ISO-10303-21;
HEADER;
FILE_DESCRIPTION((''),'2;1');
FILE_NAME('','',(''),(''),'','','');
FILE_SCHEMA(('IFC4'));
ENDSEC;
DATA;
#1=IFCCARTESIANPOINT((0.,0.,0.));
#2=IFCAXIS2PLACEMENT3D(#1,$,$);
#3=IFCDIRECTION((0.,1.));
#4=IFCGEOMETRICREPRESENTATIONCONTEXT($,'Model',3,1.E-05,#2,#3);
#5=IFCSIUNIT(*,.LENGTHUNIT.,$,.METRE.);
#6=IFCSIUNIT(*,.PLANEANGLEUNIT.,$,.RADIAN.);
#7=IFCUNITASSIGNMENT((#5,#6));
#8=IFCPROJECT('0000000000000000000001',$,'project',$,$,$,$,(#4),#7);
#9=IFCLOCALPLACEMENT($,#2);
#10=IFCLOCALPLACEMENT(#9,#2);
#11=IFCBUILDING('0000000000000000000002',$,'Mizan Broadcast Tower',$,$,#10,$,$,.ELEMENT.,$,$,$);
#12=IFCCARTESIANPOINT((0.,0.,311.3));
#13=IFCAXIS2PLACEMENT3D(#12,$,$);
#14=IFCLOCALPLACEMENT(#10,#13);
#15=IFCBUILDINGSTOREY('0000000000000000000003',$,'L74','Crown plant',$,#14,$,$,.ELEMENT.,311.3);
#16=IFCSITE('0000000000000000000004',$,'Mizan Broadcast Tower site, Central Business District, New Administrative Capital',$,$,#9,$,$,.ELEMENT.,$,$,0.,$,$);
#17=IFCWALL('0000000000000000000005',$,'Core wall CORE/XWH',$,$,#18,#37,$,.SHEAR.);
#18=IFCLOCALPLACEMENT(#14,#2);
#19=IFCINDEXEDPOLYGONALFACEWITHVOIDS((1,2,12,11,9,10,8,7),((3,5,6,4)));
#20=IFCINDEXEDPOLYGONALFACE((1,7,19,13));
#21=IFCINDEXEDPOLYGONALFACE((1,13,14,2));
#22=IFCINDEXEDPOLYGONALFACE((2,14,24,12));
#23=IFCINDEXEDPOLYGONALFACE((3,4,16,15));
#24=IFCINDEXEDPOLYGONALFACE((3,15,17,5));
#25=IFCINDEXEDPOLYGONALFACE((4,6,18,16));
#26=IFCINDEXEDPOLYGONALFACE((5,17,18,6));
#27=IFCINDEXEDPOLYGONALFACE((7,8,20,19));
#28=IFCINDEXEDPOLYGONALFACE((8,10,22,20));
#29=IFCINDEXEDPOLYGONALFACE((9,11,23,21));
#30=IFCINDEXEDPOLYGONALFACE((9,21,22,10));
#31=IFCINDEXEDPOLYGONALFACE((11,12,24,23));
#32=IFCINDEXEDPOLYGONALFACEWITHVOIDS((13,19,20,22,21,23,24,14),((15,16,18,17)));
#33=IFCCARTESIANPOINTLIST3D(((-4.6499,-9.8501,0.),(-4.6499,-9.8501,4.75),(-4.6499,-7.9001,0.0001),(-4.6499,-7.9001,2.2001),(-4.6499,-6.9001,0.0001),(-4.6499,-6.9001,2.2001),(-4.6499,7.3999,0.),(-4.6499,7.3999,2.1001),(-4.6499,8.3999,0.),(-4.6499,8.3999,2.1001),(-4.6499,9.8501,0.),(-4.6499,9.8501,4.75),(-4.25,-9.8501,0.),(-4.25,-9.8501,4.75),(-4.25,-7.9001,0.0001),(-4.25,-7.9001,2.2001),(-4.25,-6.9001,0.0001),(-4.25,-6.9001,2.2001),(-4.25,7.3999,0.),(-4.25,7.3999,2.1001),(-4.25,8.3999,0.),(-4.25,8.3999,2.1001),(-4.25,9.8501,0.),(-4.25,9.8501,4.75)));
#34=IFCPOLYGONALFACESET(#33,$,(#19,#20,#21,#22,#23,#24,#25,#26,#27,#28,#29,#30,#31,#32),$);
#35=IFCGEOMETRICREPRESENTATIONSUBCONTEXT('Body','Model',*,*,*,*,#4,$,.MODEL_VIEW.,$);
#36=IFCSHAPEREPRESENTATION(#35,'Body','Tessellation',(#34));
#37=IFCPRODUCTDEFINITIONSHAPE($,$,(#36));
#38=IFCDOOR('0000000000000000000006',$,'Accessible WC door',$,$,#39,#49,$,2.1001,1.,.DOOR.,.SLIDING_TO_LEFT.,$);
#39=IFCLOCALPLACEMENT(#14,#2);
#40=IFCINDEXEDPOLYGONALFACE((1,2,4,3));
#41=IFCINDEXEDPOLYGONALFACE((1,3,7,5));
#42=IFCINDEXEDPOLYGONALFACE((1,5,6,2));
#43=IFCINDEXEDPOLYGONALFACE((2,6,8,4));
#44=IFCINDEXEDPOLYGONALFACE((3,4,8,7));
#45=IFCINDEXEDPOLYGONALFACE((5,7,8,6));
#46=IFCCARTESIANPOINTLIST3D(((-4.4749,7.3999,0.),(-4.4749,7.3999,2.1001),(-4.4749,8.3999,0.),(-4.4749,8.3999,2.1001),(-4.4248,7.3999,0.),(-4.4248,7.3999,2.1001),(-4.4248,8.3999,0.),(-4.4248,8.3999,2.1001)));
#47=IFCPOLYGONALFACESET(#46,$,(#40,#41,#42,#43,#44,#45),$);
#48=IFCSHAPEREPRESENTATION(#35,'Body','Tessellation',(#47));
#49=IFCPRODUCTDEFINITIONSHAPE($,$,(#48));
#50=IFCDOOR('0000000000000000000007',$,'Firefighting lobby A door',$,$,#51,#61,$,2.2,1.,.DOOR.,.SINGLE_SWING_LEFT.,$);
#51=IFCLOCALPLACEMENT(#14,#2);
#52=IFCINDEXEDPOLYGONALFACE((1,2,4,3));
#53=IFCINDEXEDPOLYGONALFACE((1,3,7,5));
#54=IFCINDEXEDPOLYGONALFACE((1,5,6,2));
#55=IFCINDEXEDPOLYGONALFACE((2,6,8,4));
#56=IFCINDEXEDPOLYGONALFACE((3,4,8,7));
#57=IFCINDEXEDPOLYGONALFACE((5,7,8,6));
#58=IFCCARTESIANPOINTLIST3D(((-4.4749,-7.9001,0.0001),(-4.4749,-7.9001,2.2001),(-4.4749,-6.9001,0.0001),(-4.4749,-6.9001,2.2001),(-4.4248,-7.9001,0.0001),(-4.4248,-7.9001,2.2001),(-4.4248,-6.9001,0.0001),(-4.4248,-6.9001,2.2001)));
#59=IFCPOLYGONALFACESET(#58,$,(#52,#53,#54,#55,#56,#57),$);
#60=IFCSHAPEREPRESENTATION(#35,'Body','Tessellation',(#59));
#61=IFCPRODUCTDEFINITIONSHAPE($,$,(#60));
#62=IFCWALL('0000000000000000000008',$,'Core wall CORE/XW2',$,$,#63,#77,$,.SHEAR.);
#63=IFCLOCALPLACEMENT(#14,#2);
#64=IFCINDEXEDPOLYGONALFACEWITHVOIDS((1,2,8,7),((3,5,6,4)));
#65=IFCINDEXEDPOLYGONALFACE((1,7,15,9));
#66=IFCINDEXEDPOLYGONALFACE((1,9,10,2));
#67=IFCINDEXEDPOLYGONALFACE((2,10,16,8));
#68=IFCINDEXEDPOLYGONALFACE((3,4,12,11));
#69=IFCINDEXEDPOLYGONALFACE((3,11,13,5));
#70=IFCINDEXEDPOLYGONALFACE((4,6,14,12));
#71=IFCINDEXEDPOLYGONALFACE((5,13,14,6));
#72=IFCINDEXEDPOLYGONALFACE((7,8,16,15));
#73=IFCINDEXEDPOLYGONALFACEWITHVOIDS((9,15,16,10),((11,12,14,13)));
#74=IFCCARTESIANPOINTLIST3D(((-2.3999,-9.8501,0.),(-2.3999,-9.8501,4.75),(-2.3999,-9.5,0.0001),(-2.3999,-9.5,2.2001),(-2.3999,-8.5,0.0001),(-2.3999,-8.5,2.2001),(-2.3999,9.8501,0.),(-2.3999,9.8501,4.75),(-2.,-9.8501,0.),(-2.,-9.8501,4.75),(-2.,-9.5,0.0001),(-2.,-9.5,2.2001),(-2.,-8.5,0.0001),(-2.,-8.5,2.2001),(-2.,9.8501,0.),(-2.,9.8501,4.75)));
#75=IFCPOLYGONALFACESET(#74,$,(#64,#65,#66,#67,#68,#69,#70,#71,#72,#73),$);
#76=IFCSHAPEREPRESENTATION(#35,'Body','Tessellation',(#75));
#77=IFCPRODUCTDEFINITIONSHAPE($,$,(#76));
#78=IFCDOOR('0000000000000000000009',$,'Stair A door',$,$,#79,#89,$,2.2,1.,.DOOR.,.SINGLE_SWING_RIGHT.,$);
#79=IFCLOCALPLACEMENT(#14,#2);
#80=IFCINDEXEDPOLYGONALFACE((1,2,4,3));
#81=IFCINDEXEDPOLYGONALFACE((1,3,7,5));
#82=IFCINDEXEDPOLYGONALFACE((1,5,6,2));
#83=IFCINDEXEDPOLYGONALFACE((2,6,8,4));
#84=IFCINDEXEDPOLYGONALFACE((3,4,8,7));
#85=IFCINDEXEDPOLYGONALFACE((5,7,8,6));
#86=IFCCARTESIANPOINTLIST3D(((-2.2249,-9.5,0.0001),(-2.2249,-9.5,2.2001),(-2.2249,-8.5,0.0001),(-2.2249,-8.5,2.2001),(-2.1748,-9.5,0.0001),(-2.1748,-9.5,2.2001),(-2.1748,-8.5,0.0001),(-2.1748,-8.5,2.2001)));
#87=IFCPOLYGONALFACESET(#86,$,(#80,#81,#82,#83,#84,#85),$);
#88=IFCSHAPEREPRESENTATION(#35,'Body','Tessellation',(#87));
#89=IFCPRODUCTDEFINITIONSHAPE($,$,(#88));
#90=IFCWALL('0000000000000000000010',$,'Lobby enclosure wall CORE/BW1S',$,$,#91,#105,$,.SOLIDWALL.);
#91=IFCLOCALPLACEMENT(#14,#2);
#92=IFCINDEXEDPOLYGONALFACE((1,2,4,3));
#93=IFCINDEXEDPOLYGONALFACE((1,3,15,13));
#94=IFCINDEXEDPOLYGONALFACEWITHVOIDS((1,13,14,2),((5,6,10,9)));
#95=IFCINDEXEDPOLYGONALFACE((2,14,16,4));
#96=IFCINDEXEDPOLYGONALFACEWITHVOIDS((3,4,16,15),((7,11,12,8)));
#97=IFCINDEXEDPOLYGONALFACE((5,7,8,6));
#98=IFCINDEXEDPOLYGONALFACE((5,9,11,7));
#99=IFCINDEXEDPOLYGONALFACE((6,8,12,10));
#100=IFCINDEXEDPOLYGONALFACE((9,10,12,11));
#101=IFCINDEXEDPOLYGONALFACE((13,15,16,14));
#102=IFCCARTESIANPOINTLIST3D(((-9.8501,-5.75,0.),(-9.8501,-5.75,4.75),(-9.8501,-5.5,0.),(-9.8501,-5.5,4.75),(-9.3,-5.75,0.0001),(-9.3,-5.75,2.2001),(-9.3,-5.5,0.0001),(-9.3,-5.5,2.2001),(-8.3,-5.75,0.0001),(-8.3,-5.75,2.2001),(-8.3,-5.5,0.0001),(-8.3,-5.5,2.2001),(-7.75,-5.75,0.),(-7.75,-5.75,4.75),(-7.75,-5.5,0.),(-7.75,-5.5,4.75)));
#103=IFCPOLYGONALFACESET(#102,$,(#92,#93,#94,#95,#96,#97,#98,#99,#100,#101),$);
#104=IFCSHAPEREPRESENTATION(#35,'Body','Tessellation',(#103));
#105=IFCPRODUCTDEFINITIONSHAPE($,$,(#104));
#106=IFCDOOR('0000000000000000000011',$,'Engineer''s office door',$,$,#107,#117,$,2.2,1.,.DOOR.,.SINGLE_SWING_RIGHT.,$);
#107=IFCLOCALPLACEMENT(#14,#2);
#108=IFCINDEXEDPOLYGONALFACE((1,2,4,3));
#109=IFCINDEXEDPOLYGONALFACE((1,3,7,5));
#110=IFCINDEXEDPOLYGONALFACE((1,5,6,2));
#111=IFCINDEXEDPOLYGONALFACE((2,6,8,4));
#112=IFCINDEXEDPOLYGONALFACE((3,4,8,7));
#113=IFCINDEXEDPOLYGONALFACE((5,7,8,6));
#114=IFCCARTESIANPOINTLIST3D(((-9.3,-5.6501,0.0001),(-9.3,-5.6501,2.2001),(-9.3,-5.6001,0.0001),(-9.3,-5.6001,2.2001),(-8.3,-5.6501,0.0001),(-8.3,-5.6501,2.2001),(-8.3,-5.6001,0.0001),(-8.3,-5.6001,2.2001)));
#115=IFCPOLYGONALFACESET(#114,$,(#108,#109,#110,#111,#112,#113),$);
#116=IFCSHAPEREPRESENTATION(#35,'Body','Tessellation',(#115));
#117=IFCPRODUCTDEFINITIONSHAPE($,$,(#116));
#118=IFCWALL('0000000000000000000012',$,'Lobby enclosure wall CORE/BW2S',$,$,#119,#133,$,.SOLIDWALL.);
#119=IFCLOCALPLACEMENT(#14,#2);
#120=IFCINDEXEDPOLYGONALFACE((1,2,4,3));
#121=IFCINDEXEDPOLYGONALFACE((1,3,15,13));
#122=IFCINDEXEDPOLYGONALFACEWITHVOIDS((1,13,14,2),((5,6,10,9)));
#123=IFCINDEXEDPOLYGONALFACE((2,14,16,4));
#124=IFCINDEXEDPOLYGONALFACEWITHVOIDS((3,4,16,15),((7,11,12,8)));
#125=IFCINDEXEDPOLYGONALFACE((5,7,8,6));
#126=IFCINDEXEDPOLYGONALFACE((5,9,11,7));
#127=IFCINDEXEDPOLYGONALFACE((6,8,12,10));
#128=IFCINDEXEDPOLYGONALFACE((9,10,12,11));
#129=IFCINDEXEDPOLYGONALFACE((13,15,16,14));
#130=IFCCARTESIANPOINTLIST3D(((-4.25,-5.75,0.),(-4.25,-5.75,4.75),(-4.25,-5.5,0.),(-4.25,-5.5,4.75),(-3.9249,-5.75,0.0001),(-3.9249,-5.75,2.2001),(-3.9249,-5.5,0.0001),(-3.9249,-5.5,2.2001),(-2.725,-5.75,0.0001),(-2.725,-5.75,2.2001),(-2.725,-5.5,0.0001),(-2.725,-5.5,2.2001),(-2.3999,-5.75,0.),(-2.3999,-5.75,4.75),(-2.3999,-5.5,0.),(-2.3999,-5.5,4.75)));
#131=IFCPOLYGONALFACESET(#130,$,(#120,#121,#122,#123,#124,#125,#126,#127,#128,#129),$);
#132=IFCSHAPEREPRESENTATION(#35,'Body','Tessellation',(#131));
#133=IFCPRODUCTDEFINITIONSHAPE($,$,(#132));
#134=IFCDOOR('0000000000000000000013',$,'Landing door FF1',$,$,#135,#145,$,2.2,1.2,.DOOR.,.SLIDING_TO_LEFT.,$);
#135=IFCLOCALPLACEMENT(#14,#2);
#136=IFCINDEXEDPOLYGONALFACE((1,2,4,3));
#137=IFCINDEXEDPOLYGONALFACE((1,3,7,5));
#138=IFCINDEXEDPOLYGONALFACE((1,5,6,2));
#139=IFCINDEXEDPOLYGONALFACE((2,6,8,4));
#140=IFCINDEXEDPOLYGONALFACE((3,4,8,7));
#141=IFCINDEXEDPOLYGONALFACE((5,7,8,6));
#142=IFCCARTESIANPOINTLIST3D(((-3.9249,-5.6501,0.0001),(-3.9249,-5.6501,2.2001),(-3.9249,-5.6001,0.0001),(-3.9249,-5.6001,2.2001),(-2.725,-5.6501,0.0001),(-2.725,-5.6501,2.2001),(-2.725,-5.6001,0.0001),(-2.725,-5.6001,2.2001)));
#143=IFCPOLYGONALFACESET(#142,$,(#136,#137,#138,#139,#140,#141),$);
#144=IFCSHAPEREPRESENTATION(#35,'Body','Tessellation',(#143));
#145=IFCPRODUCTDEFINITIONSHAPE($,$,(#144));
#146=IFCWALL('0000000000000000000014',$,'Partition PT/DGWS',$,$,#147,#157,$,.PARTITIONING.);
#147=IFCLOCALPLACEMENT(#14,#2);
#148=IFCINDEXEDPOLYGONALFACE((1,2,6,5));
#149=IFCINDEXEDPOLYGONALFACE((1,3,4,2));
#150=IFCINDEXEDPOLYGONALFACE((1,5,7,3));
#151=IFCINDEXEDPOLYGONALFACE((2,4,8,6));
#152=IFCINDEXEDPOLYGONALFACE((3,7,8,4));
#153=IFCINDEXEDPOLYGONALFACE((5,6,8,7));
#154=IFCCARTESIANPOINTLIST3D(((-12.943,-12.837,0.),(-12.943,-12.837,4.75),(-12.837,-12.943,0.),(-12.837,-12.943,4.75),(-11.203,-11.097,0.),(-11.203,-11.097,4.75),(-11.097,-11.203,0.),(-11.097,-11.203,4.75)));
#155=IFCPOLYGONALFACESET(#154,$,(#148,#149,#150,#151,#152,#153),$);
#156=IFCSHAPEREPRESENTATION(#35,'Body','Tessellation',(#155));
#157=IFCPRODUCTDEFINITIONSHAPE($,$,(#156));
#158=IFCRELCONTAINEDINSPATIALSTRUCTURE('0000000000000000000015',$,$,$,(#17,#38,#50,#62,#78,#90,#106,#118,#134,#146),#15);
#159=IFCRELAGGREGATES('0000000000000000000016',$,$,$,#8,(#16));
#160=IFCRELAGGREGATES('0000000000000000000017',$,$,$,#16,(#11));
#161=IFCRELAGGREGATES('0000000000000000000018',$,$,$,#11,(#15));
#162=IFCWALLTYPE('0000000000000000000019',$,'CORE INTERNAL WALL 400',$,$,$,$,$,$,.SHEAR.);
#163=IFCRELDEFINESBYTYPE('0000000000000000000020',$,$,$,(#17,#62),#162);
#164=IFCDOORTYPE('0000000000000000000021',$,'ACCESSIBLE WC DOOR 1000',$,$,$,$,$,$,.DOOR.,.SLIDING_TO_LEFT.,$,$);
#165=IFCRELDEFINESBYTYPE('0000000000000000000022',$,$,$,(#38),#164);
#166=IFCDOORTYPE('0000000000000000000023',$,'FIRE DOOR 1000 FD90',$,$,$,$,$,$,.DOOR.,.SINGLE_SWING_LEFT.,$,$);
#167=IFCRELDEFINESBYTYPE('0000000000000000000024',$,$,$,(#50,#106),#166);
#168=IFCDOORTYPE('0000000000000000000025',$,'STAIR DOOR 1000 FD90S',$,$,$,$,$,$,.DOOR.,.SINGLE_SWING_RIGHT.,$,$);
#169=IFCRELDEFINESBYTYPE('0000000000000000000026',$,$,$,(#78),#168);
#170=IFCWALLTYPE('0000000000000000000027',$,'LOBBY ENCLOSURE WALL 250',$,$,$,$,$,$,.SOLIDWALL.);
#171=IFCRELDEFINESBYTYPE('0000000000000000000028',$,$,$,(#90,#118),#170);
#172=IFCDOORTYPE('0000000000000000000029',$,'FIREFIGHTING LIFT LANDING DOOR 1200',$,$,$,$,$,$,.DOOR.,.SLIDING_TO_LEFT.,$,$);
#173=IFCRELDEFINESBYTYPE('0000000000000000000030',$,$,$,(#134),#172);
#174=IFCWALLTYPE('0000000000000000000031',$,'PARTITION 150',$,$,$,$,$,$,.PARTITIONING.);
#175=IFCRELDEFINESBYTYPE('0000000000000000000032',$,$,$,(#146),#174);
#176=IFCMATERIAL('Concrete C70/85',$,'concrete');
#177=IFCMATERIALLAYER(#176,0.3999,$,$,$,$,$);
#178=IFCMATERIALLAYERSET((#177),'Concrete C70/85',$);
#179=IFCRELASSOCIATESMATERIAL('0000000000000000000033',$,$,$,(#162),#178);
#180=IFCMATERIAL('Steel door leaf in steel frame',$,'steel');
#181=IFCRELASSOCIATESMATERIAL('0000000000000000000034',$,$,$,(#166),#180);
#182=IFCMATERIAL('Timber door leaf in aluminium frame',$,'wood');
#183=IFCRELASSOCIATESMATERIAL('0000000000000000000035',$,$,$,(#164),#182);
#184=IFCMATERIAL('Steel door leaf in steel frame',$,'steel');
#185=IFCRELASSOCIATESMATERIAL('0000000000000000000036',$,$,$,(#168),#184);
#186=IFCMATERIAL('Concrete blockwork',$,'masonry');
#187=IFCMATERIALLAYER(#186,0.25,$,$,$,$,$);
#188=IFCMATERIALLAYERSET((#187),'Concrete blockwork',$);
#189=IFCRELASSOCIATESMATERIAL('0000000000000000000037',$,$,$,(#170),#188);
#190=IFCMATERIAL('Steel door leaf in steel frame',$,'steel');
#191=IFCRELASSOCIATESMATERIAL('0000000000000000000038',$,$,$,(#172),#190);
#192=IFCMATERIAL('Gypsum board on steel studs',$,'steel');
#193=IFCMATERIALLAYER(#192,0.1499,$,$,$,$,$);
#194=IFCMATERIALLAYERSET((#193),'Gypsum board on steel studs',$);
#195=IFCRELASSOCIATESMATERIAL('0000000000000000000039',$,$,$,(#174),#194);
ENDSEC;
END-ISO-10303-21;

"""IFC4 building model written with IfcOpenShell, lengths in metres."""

from ifc_helpers import new_model, si_unit, direction, frame, frame_2d, origin, place, context, subcontext, project, spatial, rectangle, extrude, material, layer, layer_set, type_object, element, fill, save


model = new_model("IFC4")

# Units and contexts
model_context = context("Model", 3, precision=1e-05, world=origin(), true_north=direction((0.0, 1.0)))
body_context = subcontext(model_context, "Body", "Model", "MODEL_VIEW")
ifc_project = project(units=[si_unit("LENGTHUNIT", "METRE"), si_unit("PLANEANGLEUNIT", "RADIAN")], contexts=[model_context])

# Site, building, storey
site_placement = place(None, origin())
site = spatial("IfcSite", under=ifc_project, at=site_placement, Name="Mizan Broadcast Tower site, Central Business District, New Administrative Capital", CompositionType="ELEMENT", RefElevation=0.0)
building_placement = place(site_placement, origin())
building = spatial("IfcBuilding", under=site, at=building_placement, Name="Mizan Broadcast Tower", CompositionType="ELEMENT")
storey_placement = place(building_placement, frame((0.0, 0.0, 311.3)))
storey = spatial("IfcBuildingStorey", under=building, at=storey_placement, Name="L74", Description="Crown plant", CompositionType="ELEMENT", Elevation=311.3)

# Wall, openings, doors
ifc_material_1 = material(Name="Concrete C70/85", Category="concrete")
ifc_layer_1 = layer(ifc_material_1, 0.3999)
ifc_layer_set_1 = layer_set([ifc_layer_1], Name="Concrete C70/85")
wall_type_1 = type_object("IfcWallType", Name="CORE INTERNAL WALL 400", PredefinedType="SHEAR", material=ifc_layer_set_1)
ifc_material_2 = material(Name="Steel door leaf in steel frame", Category="steel")
door_type_1 = type_object("IfcDoorType", Name="FIRE DOOR 1000 FD90", OperationType="SINGLE_SWING_LEFT", PredefinedType="DOOR", material=ifc_material_2)
wall_1_placement = place(storey_placement, frame((-4.45, -9.8501, 0.0), z_axis=(0.0, 0.0, 1.0), x_axis=(0.0, 1.0, 0.0)))
wall_1 = element("IfcWall", 1, at=wall_1_placement, inside=storey, type_object=wall_type_1, Name="Core wall CORE/XWH", PredefinedType="SHEAR", context=body_context, shape_type="SweptSolid", body=[
    extrude(rectangle(XDim=19.7002, YDim=0.3999, at=frame_2d((9.8501, 0.0))), origin(), (0.0, 0.0, 1.0), 4.75),
])
opening_1_placement = place(wall_1_placement, frame((1.95, 0.0, 0.0)))
opening_1 = element("IfcOpeningElement", 2, at=opening_1_placement, cuts=wall_1, PredefinedType="OPENING", context=body_context, shape_type="SweptSolid", body=[
    extrude(rectangle(XDim=1.0, YDim=2.2, at=frame_2d((0.5, 1.1001))), frame((0.0, 0.21, 0.0), z_axis=(0.0, -1.0, 0.0), x_axis=(1.0, 0.0, 0.0)), (0.0, 0.0, 1.0), 0.4199),
])
opening_2_placement = place(wall_1_placement, frame((17.25, 0.0, 0.0)))
opening_2 = element("IfcOpeningElement", 3, at=opening_2_placement, cuts=wall_1, PredefinedType="OPENING", context=body_context, shape_type="SweptSolid", body=[
    extrude(rectangle(XDim=1.0, YDim=2.1001, at=frame_2d((0.5, 1.05))), frame((0.0, 0.21, 0.0), z_axis=(0.0, -1.0, 0.0), x_axis=(1.0, 0.0, 0.0)), (0.0, 0.0, 1.0), 0.4199),
])
ifc_material_3 = material(Name="Timber door leaf in aluminium frame", Category="wood")
door_type_2 = type_object("IfcDoorType", Name="ACCESSIBLE WC DOOR 1000", OperationType="SLIDING_TO_LEFT", PredefinedType="DOOR", material=ifc_material_3)
door_1_placement = place(opening_2_placement, origin())
door_1 = element("IfcDoor", 4, at=door_1_placement, inside=storey, type_object=door_type_2, Name="Accessible WC door", OperationType="SLIDING_TO_LEFT", OverallHeight=2.1001, OverallWidth=1.0, PredefinedType="DOOR", context=body_context, shape_type="SweptSolid", body=[
    extrude(rectangle(XDim=1.0, YDim=2.1001, at=frame_2d((0.5, 1.05))), frame((0.0, 0.0249, 0.0), z_axis=(0.0, -1.0, 0.0), x_axis=(1.0, 0.0, 0.0)), (0.0, 0.0, 1.0), 0.05),
])
fill(opening_2, door_1)
door_2_placement = place(opening_1_placement, origin())
door_2 = element("IfcDoor", 5, at=door_2_placement, inside=storey, type_object=door_type_1, Name="Firefighting lobby A door", OperationType="SINGLE_SWING_LEFT", OverallHeight=2.2, OverallWidth=1.0, PredefinedType="DOOR", context=body_context, shape_type="SweptSolid", body=[
    extrude(rectangle(XDim=1.0, YDim=2.2, at=frame_2d((0.5, 1.1001))), frame((0.0, 0.0249, 0.0), z_axis=(0.0, -1.0, 0.0), x_axis=(1.0, 0.0, 0.0)), (0.0, 0.0, 1.0), 0.05),
])
fill(opening_1, door_2)

# Walls, openings, doors
wall_2_placement = place(storey_placement, frame((-2.2, -9.8501, 0.0), z_axis=(0.0, 0.0, 1.0), x_axis=(0.0, 1.0, 0.0)))
wall_2 = element("IfcWall", 6, at=wall_2_placement, inside=storey, type_object=wall_type_1, Name="Core wall CORE/XW2", PredefinedType="SHEAR", context=body_context, shape_type="SweptSolid", body=[
    extrude(rectangle(XDim=19.7002, YDim=0.3999, at=frame_2d((9.8501, 0.0))), origin(), (0.0, 0.0, 1.0), 4.75),
])
opening_3_placement = place(wall_2_placement, frame((0.3501, 0.0, 0.0)))
opening_3 = element("IfcOpeningElement", 7, at=opening_3_placement, cuts=wall_2, PredefinedType="OPENING", context=body_context, shape_type="SweptSolid", body=[
    extrude(rectangle(XDim=1.0, YDim=2.2, at=frame_2d((0.5, 1.1001))), frame((0.0, 0.21, 0.0), z_axis=(0.0, -1.0, 0.0), x_axis=(1.0, 0.0, 0.0)), (0.0, 0.0, 1.0), 0.4199),
])
ifc_material_4 = material(Name="Steel door leaf in steel frame", Category="steel")
door_type_3 = type_object("IfcDoorType", Name="STAIR DOOR 1000 FD90S", OperationType="SINGLE_SWING_RIGHT", PredefinedType="DOOR", material=ifc_material_4)
door_3_placement = place(opening_3_placement, origin())
door_3 = element("IfcDoor", 8, at=door_3_placement, inside=storey, type_object=door_type_3, Name="Stair A door", OperationType="SINGLE_SWING_RIGHT", OverallHeight=2.2, OverallWidth=1.0, PredefinedType="DOOR", context=body_context, shape_type="SweptSolid", body=[
    extrude(rectangle(XDim=1.0, YDim=2.2, at=frame_2d((0.5, 1.1001))), frame((0.0, 0.0249, 0.0), z_axis=(0.0, -1.0, 0.0), x_axis=(1.0, 0.0, 0.0)), (0.0, 0.0, 1.0), 0.05),
])
fill(opening_3, door_3)
ifc_material_5 = material(Name="Concrete blockwork", Category="masonry")
ifc_layer_2 = layer(ifc_material_5, 0.25)
ifc_layer_set_2 = layer_set([ifc_layer_2], Name="Concrete blockwork")
wall_type_2 = type_object("IfcWallType", Name="LOBBY ENCLOSURE WALL 250", PredefinedType="SOLIDWALL", material=ifc_layer_set_2)
wall_3_placement = place(storey_placement, frame((-9.8501, -5.625, 0.0), z_axis=(0.0, 0.0, 1.0), x_axis=(1.0, 0.0, 0.0)))
wall_3 = element("IfcWall", 9, at=wall_3_placement, inside=storey, type_object=wall_type_2, Name="Lobby enclosure wall CORE/BW1S", PredefinedType="SOLIDWALL", context=body_context, shape_type="SweptSolid", body=[
    extrude(rectangle(XDim=2.1001, YDim=0.25, at=frame_2d((1.05, 0.0))), origin(), (0.0, 0.0, 1.0), 4.75),
])
opening_4_placement = place(wall_3_placement, frame((0.55, 0.0, 0.0)))
opening_4 = element("IfcOpeningElement", 10, at=opening_4_placement, cuts=wall_3, PredefinedType="OPENING", context=body_context, shape_type="SweptSolid", body=[
    extrude(rectangle(XDim=1.0, YDim=2.2, at=frame_2d((0.5, 1.1001))), frame((0.0, 0.135, 0.0), z_axis=(0.0, -1.0, 0.0), x_axis=(1.0, 0.0, 0.0)), (0.0, 0.0, 1.0), 0.27),
])
door_4_placement = place(opening_4_placement, origin())
door_4 = element("IfcDoor", 11, at=door_4_placement, inside=storey, type_object=door_type_1, Name="Engineer's office door", OperationType="SINGLE_SWING_RIGHT", OverallHeight=2.2, OverallWidth=1.0, PredefinedType="DOOR", context=body_context, shape_type="SweptSolid", body=[
    extrude(rectangle(XDim=1.0, YDim=2.2, at=frame_2d((0.5, 1.1001))), frame((0.0, 0.0249, 0.0), z_axis=(0.0, -1.0, 0.0), x_axis=(1.0, 0.0, 0.0)), (0.0, 0.0, 1.0), 0.05),
])
fill(opening_4, door_4)
wall_4_placement = place(storey_placement, frame((-4.25, -5.625, 0.0), z_axis=(0.0, 0.0, 1.0), x_axis=(1.0, 0.0, 0.0)))
wall_4 = element("IfcWall", 12, at=wall_4_placement, inside=storey, type_object=wall_type_2, Name="Lobby enclosure wall CORE/BW2S", PredefinedType="SOLIDWALL", context=body_context, shape_type="SweptSolid", body=[
    extrude(rectangle(XDim=1.8501, YDim=0.25, at=frame_2d((0.925, 0.0))), origin(), (0.0, 0.0, 1.0), 4.75),
])
opening_5_placement = place(wall_4_placement, frame((0.325, 0.0, 0.0)))
opening_5 = element("IfcOpeningElement", 13, at=opening_5_placement, cuts=wall_4, PredefinedType="OPENING", context=body_context, shape_type="SweptSolid", body=[
    extrude(rectangle(XDim=1.2, YDim=2.2, at=frame_2d((0.6001, 1.1001))), frame((0.0, 0.135, 0.0), z_axis=(0.0, -1.0, 0.0), x_axis=(1.0, 0.0, 0.0)), (0.0, 0.0, 1.0), 0.27),
])
ifc_material_6 = material(Name="Steel door leaf in steel frame", Category="steel")
door_type_4 = type_object("IfcDoorType", Name="FIREFIGHTING LIFT LANDING DOOR 1200", OperationType="SLIDING_TO_LEFT", PredefinedType="DOOR", material=ifc_material_6)
door_5_placement = place(opening_5_placement, origin())
door_5 = element("IfcDoor", 14, at=door_5_placement, inside=storey, type_object=door_type_4, Name="Landing door FF1", OperationType="SLIDING_TO_LEFT", OverallHeight=2.2, OverallWidth=1.2, PredefinedType="DOOR", context=body_context, shape_type="SweptSolid", body=[
    extrude(rectangle(XDim=1.2, YDim=2.2, at=frame_2d((0.6001, 1.1001))), frame((0.0, 0.0249, 0.0), z_axis=(0.0, -1.0, 0.0), x_axis=(1.0, 0.0, 0.0)), (0.0, 0.0, 1.0), 0.05),
])
fill(opening_5, door_5)

# Wall
ifc_material_7 = material(Name="Gypsum board on steel studs", Category="steel")
ifc_layer_3 = layer(ifc_material_7, 0.1499)
ifc_layer_set_3 = layer_set([ifc_layer_3], Name="Gypsum board on steel studs")
wall_type_3 = type_object("IfcWallType", Name="PARTITION 150", PredefinedType="PARTITIONING", material=ifc_layer_set_3)
wall_5_placement = place(storey_placement, frame((-11.1499, -11.1499, 0.0), z_axis=(0.0, 0.0, 1.0), x_axis=(-0.707107, -0.707107, 0.0)))
element("IfcWall", 15, at=wall_5_placement, inside=storey, type_object=wall_type_3, Name="Partition PT/DGWS", PredefinedType="PARTITIONING", context=body_context, shape_type="SweptSolid", body=[
    extrude(rectangle(XDim=2.4607, YDim=0.1499, at=frame_2d((1.2305, 0.0))), origin(), (0.0, 0.0, 1.0), 4.75),
])

save(model, "model.ifc")
